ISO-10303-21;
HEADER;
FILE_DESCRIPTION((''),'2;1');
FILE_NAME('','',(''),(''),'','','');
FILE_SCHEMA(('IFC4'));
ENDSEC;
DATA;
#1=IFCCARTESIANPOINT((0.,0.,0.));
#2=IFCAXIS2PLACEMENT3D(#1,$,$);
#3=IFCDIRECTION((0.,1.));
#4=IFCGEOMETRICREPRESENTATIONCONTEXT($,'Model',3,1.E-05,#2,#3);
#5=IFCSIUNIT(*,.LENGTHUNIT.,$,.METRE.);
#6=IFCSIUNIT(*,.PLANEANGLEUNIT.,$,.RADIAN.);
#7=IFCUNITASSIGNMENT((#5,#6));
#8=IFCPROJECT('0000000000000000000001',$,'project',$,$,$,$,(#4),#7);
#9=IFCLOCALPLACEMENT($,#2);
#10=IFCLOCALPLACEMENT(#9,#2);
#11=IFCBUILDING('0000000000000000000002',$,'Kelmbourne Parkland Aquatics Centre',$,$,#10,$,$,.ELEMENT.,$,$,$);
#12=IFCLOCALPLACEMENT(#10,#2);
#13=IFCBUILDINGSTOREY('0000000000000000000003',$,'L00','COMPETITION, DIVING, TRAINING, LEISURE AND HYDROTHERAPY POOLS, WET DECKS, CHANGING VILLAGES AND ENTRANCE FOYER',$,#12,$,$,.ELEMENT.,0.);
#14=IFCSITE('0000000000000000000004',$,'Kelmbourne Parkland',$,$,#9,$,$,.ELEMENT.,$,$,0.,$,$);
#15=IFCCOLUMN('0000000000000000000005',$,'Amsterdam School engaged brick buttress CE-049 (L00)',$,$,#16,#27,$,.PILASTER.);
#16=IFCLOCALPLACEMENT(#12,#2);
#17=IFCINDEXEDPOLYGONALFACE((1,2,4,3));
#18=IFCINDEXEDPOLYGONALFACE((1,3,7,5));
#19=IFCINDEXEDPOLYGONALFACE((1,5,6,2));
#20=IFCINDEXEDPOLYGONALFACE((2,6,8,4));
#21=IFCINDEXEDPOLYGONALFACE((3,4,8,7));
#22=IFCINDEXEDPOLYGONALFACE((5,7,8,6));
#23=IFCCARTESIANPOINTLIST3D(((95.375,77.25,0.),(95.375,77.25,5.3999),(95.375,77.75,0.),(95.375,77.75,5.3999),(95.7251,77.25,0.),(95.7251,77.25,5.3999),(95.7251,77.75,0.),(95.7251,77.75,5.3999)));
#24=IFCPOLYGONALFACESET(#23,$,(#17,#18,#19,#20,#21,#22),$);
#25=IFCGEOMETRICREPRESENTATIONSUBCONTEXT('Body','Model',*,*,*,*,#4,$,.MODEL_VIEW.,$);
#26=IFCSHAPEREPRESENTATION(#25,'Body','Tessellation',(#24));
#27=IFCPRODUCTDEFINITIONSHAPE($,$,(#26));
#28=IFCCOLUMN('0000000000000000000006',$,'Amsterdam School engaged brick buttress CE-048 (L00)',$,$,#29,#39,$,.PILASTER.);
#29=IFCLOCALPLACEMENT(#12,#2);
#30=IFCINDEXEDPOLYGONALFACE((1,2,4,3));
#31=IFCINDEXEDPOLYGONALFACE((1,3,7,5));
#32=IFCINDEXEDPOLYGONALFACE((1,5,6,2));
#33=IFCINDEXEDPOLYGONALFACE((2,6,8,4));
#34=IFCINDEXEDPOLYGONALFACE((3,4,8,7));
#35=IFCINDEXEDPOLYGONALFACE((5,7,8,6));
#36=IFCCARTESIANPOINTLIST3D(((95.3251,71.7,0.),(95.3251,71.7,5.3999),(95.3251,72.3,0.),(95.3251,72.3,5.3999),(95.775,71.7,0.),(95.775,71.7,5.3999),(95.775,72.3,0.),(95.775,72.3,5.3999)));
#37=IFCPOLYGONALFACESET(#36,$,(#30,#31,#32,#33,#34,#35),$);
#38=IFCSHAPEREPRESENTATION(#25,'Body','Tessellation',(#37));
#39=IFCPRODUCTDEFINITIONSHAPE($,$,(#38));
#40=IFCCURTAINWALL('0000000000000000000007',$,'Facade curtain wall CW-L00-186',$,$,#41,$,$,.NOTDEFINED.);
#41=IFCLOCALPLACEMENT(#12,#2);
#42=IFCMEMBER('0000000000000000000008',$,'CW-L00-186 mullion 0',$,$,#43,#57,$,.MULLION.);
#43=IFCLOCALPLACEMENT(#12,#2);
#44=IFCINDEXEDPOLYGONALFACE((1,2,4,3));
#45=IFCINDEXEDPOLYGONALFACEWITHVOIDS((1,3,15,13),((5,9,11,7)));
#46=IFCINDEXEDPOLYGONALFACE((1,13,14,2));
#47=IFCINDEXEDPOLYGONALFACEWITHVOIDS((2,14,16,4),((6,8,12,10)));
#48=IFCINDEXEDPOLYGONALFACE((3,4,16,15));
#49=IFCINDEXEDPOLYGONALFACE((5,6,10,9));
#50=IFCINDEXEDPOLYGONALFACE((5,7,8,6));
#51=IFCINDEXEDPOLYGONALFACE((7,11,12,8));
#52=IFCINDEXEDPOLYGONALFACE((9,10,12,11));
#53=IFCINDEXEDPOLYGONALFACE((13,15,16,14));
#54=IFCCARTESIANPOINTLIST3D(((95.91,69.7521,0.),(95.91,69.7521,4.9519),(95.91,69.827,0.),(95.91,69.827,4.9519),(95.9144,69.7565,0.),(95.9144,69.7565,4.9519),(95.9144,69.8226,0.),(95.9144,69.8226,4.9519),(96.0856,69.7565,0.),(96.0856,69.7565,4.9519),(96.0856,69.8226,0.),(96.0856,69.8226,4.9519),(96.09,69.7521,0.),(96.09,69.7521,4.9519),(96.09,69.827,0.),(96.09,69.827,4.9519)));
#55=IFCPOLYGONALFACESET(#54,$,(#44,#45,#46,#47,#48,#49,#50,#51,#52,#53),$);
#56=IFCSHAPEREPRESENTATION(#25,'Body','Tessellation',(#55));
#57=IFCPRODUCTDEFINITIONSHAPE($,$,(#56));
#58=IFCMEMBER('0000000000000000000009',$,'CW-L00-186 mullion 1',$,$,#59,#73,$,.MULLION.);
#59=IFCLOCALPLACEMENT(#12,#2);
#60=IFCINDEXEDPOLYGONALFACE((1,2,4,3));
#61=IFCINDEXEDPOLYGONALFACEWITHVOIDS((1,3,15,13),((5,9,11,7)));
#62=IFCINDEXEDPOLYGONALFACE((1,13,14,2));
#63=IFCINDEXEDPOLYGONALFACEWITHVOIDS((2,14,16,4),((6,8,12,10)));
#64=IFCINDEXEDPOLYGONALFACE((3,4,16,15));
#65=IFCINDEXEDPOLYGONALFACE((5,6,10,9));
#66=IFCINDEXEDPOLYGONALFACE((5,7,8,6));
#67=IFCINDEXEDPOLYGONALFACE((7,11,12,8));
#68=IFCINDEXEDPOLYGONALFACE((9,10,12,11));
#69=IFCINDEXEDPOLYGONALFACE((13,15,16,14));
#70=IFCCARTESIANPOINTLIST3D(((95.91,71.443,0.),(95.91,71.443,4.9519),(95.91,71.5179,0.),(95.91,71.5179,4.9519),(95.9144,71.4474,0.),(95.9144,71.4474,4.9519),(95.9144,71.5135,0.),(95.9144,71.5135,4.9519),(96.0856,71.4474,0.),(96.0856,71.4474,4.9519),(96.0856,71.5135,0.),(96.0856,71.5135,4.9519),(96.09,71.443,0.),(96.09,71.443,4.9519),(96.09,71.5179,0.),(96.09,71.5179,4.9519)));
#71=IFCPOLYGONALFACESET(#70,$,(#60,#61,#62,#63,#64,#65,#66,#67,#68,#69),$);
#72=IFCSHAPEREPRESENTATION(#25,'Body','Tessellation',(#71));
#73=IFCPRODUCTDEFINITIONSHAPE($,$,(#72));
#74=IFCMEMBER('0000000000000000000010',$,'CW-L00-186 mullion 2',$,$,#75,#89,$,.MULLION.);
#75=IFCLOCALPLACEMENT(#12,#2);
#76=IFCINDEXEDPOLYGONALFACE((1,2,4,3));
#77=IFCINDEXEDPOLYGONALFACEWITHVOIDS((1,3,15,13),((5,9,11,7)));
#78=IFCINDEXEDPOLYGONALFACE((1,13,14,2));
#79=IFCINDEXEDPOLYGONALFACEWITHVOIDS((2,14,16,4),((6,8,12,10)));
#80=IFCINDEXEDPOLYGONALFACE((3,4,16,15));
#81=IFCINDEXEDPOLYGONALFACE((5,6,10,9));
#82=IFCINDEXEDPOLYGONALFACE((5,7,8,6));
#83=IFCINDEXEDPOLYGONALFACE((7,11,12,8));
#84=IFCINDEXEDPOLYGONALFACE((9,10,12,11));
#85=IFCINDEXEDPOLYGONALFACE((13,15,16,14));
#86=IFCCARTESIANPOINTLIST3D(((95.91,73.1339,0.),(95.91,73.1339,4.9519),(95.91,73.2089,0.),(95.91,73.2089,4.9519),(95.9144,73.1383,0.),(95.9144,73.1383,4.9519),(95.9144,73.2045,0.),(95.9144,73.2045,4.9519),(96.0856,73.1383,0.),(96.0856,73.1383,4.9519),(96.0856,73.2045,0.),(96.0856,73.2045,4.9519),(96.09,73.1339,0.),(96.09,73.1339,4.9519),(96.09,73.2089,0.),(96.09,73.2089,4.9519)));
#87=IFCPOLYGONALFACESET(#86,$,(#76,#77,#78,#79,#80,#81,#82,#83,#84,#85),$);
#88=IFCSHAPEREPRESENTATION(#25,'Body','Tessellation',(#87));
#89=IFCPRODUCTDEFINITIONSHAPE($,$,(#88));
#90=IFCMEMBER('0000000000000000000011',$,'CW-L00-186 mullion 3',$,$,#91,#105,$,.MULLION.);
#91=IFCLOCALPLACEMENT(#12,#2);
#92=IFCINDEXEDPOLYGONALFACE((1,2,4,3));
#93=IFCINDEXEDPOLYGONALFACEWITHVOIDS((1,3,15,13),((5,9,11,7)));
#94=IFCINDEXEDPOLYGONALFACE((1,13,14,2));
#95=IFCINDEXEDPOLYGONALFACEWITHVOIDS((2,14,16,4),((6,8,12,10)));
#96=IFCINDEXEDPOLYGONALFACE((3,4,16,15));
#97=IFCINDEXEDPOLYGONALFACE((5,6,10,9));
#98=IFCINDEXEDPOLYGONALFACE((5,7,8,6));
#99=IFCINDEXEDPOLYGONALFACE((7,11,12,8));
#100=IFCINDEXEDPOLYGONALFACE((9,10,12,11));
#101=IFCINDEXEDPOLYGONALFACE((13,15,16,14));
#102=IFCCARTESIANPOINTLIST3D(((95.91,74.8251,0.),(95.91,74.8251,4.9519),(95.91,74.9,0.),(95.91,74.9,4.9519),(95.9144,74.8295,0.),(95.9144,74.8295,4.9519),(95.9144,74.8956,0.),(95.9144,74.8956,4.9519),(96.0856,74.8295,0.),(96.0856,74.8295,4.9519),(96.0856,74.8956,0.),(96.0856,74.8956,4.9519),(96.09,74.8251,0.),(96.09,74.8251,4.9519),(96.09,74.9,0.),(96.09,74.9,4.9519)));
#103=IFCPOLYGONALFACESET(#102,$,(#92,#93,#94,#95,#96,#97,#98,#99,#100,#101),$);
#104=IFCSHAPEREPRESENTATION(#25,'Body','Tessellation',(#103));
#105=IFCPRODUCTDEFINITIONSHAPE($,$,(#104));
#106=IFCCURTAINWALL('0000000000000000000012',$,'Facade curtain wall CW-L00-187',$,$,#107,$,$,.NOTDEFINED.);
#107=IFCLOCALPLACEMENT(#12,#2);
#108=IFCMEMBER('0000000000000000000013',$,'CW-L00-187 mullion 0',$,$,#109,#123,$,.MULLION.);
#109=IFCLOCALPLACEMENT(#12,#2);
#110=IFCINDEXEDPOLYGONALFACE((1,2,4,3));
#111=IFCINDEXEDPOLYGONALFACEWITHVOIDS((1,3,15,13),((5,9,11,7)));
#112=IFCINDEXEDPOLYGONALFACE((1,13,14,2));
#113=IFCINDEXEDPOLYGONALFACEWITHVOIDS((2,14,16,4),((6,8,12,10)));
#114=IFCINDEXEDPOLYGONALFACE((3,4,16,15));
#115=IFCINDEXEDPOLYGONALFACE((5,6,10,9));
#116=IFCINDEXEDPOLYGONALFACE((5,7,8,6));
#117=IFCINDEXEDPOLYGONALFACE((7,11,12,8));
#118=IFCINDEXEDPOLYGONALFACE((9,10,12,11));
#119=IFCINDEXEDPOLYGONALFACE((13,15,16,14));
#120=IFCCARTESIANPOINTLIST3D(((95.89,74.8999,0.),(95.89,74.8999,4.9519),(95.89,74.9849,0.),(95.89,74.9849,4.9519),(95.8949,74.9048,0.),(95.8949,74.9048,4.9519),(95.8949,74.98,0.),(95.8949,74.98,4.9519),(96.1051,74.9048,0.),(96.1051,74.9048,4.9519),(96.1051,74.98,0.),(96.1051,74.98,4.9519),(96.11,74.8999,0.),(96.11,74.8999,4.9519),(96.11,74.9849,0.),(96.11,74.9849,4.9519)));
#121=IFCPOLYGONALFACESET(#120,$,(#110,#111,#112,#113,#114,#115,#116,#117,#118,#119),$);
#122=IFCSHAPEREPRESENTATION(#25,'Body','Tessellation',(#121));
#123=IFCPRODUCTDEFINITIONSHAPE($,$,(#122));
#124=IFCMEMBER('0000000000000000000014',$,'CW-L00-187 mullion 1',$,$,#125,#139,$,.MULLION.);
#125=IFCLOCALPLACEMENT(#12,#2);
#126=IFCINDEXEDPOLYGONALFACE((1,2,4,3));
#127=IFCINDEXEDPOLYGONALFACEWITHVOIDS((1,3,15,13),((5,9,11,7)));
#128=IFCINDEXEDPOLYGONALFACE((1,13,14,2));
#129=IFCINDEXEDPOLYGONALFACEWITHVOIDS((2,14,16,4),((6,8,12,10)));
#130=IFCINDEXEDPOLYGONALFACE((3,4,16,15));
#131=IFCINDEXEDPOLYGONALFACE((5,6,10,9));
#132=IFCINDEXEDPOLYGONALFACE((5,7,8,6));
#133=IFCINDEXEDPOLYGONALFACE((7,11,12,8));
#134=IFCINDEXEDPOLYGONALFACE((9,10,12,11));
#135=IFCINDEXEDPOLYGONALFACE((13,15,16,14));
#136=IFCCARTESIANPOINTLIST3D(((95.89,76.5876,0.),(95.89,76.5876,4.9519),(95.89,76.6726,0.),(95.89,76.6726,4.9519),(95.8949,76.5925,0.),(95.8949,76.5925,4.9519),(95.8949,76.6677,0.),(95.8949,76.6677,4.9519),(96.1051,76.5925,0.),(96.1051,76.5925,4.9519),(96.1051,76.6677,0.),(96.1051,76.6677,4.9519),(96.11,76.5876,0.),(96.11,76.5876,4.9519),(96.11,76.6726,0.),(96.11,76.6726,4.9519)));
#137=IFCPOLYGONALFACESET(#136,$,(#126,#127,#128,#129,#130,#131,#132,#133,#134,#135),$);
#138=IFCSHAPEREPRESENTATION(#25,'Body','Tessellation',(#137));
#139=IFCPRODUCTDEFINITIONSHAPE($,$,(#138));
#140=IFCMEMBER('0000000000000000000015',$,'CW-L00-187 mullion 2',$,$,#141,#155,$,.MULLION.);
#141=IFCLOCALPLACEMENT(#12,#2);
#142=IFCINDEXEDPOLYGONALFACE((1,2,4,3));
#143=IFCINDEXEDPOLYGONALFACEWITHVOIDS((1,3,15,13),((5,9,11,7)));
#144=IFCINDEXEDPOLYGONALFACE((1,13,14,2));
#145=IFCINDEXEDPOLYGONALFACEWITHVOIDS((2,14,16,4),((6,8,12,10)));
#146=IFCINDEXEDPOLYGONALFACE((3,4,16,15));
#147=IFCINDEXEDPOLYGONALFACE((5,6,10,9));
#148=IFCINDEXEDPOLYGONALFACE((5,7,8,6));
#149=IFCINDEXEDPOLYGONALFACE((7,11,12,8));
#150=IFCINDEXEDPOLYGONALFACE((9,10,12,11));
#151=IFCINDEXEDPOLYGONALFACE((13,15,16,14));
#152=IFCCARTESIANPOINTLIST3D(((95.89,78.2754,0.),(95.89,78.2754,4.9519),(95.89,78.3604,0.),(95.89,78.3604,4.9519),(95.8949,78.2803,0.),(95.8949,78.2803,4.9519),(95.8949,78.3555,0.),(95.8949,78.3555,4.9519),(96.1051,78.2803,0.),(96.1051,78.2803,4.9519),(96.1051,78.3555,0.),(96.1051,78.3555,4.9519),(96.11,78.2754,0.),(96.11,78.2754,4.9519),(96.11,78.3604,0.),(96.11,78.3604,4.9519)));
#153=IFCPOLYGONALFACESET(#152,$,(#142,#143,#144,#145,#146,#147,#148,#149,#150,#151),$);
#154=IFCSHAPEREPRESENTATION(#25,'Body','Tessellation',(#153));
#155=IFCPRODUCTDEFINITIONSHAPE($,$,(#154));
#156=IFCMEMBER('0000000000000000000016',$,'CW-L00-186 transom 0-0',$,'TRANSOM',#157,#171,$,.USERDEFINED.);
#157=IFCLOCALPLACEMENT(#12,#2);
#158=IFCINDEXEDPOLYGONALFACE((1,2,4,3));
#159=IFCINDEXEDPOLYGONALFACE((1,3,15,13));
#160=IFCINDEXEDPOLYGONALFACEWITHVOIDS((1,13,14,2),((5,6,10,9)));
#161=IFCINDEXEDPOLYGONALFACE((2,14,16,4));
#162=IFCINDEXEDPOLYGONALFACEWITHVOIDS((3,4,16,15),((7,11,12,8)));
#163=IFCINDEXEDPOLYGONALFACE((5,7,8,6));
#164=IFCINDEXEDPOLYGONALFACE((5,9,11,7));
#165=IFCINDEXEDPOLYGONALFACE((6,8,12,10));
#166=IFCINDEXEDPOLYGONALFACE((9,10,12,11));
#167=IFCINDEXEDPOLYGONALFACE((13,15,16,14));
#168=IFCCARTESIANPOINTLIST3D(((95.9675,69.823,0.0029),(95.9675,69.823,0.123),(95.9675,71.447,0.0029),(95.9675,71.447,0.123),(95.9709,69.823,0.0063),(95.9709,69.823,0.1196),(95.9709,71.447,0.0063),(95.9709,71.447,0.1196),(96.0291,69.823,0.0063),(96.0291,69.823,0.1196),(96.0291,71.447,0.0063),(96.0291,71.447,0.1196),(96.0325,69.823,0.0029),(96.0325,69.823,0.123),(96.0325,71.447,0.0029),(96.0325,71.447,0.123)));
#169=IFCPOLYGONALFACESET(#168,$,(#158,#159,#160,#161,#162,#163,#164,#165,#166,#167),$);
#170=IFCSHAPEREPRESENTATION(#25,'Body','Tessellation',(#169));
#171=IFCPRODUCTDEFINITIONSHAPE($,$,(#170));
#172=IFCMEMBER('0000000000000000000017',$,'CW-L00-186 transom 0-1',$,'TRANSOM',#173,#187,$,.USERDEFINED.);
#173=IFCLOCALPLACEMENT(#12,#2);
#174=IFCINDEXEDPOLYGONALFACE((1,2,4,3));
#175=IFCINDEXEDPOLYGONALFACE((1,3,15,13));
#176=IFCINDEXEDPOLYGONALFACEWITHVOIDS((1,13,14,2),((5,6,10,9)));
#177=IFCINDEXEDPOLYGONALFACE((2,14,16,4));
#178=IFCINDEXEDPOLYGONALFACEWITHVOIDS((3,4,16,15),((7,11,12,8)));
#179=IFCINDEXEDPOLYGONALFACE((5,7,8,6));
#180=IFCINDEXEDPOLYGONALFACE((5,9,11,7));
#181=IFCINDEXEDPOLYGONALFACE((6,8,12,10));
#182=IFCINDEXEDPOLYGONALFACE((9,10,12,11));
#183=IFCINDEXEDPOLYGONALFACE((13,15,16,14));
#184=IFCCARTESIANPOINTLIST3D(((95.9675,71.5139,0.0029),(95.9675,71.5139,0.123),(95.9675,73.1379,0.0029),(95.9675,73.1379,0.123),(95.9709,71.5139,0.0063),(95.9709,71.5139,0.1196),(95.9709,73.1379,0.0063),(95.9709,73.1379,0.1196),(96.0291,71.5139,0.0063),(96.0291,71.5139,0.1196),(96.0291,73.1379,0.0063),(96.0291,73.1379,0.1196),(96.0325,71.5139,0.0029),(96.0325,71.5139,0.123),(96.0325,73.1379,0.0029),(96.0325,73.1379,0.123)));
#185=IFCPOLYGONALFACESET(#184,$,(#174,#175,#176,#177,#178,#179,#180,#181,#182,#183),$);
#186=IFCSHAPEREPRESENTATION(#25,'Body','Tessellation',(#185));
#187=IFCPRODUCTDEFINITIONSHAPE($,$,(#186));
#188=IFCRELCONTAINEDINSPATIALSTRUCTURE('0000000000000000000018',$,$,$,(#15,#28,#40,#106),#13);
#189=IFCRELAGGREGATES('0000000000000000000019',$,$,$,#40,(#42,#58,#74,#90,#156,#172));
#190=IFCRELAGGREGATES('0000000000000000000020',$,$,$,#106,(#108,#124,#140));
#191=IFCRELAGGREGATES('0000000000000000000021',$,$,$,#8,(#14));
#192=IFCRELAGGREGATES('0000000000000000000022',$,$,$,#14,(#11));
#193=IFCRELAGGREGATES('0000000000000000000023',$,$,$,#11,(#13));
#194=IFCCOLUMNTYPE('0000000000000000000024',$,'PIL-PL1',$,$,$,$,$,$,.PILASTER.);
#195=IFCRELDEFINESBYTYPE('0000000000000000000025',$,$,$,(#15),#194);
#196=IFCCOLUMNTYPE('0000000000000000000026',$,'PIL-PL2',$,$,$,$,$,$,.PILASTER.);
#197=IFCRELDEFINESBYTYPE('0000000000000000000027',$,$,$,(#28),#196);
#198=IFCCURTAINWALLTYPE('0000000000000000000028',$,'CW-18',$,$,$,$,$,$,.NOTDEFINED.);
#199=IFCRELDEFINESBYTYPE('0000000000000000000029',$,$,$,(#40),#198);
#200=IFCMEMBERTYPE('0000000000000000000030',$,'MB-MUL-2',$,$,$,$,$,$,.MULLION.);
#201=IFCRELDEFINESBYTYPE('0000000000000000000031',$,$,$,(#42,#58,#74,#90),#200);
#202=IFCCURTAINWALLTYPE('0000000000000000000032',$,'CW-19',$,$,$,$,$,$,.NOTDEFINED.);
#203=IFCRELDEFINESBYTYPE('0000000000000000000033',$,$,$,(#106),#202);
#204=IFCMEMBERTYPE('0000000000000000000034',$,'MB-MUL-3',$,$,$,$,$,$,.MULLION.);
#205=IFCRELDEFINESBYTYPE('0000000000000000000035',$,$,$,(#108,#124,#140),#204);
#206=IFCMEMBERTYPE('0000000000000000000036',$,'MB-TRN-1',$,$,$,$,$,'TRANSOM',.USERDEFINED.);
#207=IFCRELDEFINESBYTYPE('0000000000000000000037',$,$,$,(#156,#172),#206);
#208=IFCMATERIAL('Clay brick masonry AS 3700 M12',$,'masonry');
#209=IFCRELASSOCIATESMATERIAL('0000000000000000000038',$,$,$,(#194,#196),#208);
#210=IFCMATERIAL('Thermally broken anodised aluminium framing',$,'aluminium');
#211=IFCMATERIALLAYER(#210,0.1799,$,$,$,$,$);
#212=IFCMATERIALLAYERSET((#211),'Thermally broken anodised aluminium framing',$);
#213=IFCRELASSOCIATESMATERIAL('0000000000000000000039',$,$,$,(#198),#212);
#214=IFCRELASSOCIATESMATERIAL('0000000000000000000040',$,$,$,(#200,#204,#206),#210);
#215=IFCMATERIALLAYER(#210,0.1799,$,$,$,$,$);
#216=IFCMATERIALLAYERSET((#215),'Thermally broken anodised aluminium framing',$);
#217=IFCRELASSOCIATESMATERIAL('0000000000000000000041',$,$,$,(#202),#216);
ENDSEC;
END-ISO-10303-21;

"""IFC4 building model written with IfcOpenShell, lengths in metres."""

from ifc_helpers import new_model, si_unit, direction, frame, origin, origin_2d, place, context, subcontext, project, spatial, rectangle, hollow_rectangle, extrude, material, layer, layer_set, material_profile, profile_set, type_object, element, aggregate, save


model = new_model("IFC4")

# Units and contexts
model_context = context("Model", 3, precision=1e-05, world=origin(), true_north=direction((0.0, 1.0)))
body_context = subcontext(model_context, "Body", "Model", "MODEL_VIEW")
ifc_project = project(units=[si_unit("LENGTHUNIT", "METRE"), si_unit("PLANEANGLEUNIT", "RADIAN")], contexts=[model_context])

# Site, building, storey
site_placement = place(None, origin())
site = spatial("IfcSite", under=ifc_project, at=site_placement, Name="Kelmbourne Parkland", CompositionType="ELEMENT", RefElevation=0.0)
building_placement = place(site_placement, origin())
building = spatial("IfcBuilding", under=site, at=building_placement, Name="Kelmbourne Parkland Aquatics Centre", CompositionType="ELEMENT")
storey_placement = place(building_placement, origin())
storey = spatial("IfcBuildingStorey", under=building, at=storey_placement, Name="L00", Description="COMPETITION, DIVING, TRAINING, LEISURE AND HYDROTHERAPY POOLS, WET DECKS, CHANGING VILLAGES AND ENTRANCE FOYER", CompositionType="ELEMENT", Elevation=0.0)

# Columns
ifc_material_1 = material(Name="Clay brick masonry AS 3700 M12", Category="masonry")
ifc_material_profile_1 = material_profile(ifc_material_1, rectangle(XDim=0.3501, YDim=0.5, at=origin_2d()), Name="PIL 350x500")
ifc_profile_set_1 = profile_set([ifc_material_profile_1], Name="Clay brick masonry AS 3700 M12")
column_type_1 = type_object("IfcColumnType", Name="PIL-PL1", PredefinedType="PILASTER", material=ifc_profile_set_1)
column_1_placement = place(storey_placement, frame((95.55, 77.5, 0.0), z_axis=(0.0, 0.0, 1.0), x_axis=(1.0, 0.0, 0.0)))
element("IfcColumn", 1, at=column_1_placement, inside=storey, type_object=column_type_1, Name="Amsterdam School engaged brick buttress CE-049 (L00)", PredefinedType="PILASTER", context=body_context, shape_type="SweptSolid", body=[
    extrude(rectangle(XDim=0.3501, YDim=0.5, at=origin_2d()), origin(), (0.0, 0.0, 1.0), 5.3999),
])
ifc_material_profile_2 = material_profile(ifc_material_1, rectangle(XDim=0.45, YDim=0.6001, at=origin_2d()), Name="PIL 450x600")
ifc_profile_set_2 = profile_set([ifc_material_profile_2], Name="Clay brick masonry AS 3700 M12")
column_type_2 = type_object("IfcColumnType", Name="PIL-PL2", PredefinedType="PILASTER", material=ifc_profile_set_2)
column_2_placement = place(storey_placement, frame((95.55, 72.0, 0.0), z_axis=(0.0, 0.0, 1.0), x_axis=(1.0, 0.0, 0.0)))
element("IfcColumn", 2, at=column_2_placement, inside=storey, type_object=column_type_2, Name="Amsterdam School engaged brick buttress CE-048 (L00)", PredefinedType="PILASTER", context=body_context, shape_type="SweptSolid", body=[
    extrude(rectangle(XDim=0.45, YDim=0.6001, at=origin_2d()), origin(), (0.0, 0.0, 1.0), 5.3999),
])

# Curtain walls, members
ifc_material_2 = material(Name="Thermally broken anodised aluminium framing", Category="aluminium")
ifc_layer_1 = layer(ifc_material_2, 0.1799)
ifc_layer_set_1 = layer_set([ifc_layer_1], Name="Thermally broken anodised aluminium framing")
curtain_wall_type_1 = type_object("IfcCurtainWallType", Name="CW-18", PredefinedType="NOTDEFINED", material=ifc_layer_set_1)
curtain_wall_1_placement = place(storey_placement, origin())
curtain_wall_1 = element("IfcCurtainWall", 3, at=curtain_wall_1_placement, inside=storey, type_object=curtain_wall_type_1, Name="Facade curtain wall CW-L00-186", PredefinedType="NOTDEFINED")
ifc_material_profile_3 = material_profile(ifc_material_2, hollow_rectangle(XDim=0.075, YDim=0.1799, WallThickness=0.0044, at=origin_2d()), Name="CW-M 75x180")
ifc_profile_set_3 = profile_set([ifc_material_profile_3], Name="Thermally broken anodised aluminium framing")
member_type_1 = type_object("IfcMemberType", Name="MB-MUL-2", PredefinedType="MULLION", material=ifc_profile_set_3)
member_1_placement = place(storey_placement, frame((96.0, 69.7896, 0.0), z_axis=(0.0, 0.0, 1.0), x_axis=(0.0, 1.0, 0.0)))
member_1 = element("IfcMember", 4, at=member_1_placement, type_object=member_type_1, Name="CW-L00-186 mullion 0", PredefinedType="MULLION", context=body_context, shape_type="SweptSolid", body=[
    extrude(hollow_rectangle(XDim=0.075, YDim=0.1799, WallThickness=0.0044, at=origin_2d()), origin(), (0.0, 0.0, 1.0), 4.9519),
])
member_2_placement = place(storey_placement, frame((96.0, 71.4805, 0.0), z_axis=(0.0, 0.0, 1.0), x_axis=(0.0, 1.0, 0.0)))
member_2 = element("IfcMember", 5, at=member_2_placement, type_object=member_type_1, Name="CW-L00-186 mullion 1", PredefinedType="MULLION", context=body_context, shape_type="SweptSolid", body=[
    extrude(hollow_rectangle(XDim=0.075, YDim=0.1799, WallThickness=0.0044, at=origin_2d()), origin(), (0.0, 0.0, 1.0), 4.9519),
])
member_3_placement = place(storey_placement, frame((96.0, 73.1714, 0.0), z_axis=(0.0, 0.0, 1.0), x_axis=(0.0, 1.0, 0.0)))
member_3 = element("IfcMember", 6, at=member_3_placement, type_object=member_type_1, Name="CW-L00-186 mullion 2", PredefinedType="MULLION", context=body_context, shape_type="SweptSolid", body=[
    extrude(hollow_rectangle(XDim=0.075, YDim=0.1799, WallThickness=0.0044, at=origin_2d()), origin(), (0.0, 0.0, 1.0), 4.9519),
])
member_4_placement = place(storey_placement, frame((96.0, 74.8625, 0.0), z_axis=(0.0, 0.0, 1.0), x_axis=(0.0, 1.0, 0.0)))
member_4 = element("IfcMember", 7, at=member_4_placement, type_object=member_type_1, Name="CW-L00-186 mullion 3", PredefinedType="MULLION", context=body_context, shape_type="SweptSolid", body=[
    extrude(hollow_rectangle(XDim=0.075, YDim=0.1799, WallThickness=0.0044, at=origin_2d()), origin(), (0.0, 0.0, 1.0), 4.9519),
])
ifc_layer_2 = layer(ifc_material_2, 0.1799)
ifc_layer_set_2 = layer_set([ifc_layer_2], Name="Thermally broken anodised aluminium framing")
curtain_wall_type_2 = type_object("IfcCurtainWallType", Name="CW-19", PredefinedType="NOTDEFINED", material=ifc_layer_set_2)
curtain_wall_2_placement = place(storey_placement, origin())
curtain_wall_2 = element("IfcCurtainWall", 8, at=curtain_wall_2_placement, inside=storey, type_object=curtain_wall_type_2, Name="Facade curtain wall CW-L00-187", PredefinedType="NOTDEFINED")
ifc_material_profile_4 = material_profile(ifc_material_2, hollow_rectangle(XDim=0.085, YDim=0.22, WallThickness=0.0049, at=origin_2d()), Name="CW-M 85x220")
ifc_profile_set_4 = profile_set([ifc_material_profile_4], Name="Thermally broken anodised aluminium framing")
member_type_2 = type_object("IfcMemberType", Name="MB-MUL-3", PredefinedType="MULLION", material=ifc_profile_set_4)
member_5_placement = place(storey_placement, frame((96.0, 74.9424, 0.0), z_axis=(0.0, 0.0, 1.0), x_axis=(0.0, 1.0, 0.0)))
member_5 = element("IfcMember", 9, at=member_5_placement, type_object=member_type_2, Name="CW-L00-187 mullion 0", PredefinedType="MULLION", context=body_context, shape_type="SweptSolid", body=[
    extrude(hollow_rectangle(XDim=0.085, YDim=0.22, WallThickness=0.0049, at=origin_2d()), origin(), (0.0, 0.0, 1.0), 4.9519),
])
member_6_placement = place(storey_placement, frame((96.0, 76.6301, 0.0), z_axis=(0.0, 0.0, 1.0), x_axis=(0.0, 1.0, 0.0)))
member_6 = element("IfcMember", 10, at=member_6_placement, type_object=member_type_2, Name="CW-L00-187 mullion 1", PredefinedType="MULLION", context=body_context, shape_type="SweptSolid", body=[
    extrude(hollow_rectangle(XDim=0.085, YDim=0.22, WallThickness=0.0049, at=origin_2d()), origin(), (0.0, 0.0, 1.0), 4.9519),
])
member_7_placement = place(storey_placement, frame((96.0, 78.3179, 0.0), z_axis=(0.0, 0.0, 1.0), x_axis=(0.0, 1.0, 0.0)))
member_7 = element("IfcMember", 11, at=member_7_placement, type_object=member_type_2, Name="CW-L00-187 mullion 2", PredefinedType="MULLION", context=body_context, shape_type="SweptSolid", body=[
    extrude(hollow_rectangle(XDim=0.085, YDim=0.22, WallThickness=0.0049, at=origin_2d()), origin(), (0.0, 0.0, 1.0), 4.9519),
])

# Members
ifc_material_profile_5 = material_profile(ifc_material_2, hollow_rectangle(XDim=0.0649, YDim=0.1201, WallThickness=0.0034, at=origin_2d()), Name="CW-T 65x120")
ifc_profile_set_5 = profile_set([ifc_material_profile_5], Name="Thermally broken anodised aluminium framing")
member_type_3 = type_object("IfcMemberType", Name="MB-TRN-1", ElementType="TRANSOM", PredefinedType="USERDEFINED", material=ifc_profile_set_5)
member_8_placement = place(storey_placement, frame((96.0, 69.823, 0.063), z_axis=(0.0, 1.0, 0.0), x_axis=(-1.0, 0.0, 0.0)))
member_8 = element("IfcMember", 12, at=member_8_placement, type_object=member_type_3, Name="CW-L00-186 transom 0-0", ObjectType="TRANSOM", PredefinedType="USERDEFINED", context=body_context, shape_type="SweptSolid", body=[
    extrude(hollow_rectangle(XDim=0.0649, YDim=0.1201, WallThickness=0.0034, at=origin_2d()), origin(), (0.0, 0.0, 1.0), 1.624),
])
member_9_placement = place(storey_placement, frame((96.0, 71.5139, 0.063), z_axis=(0.0, 1.0, 0.0), x_axis=(-1.0, 0.0, 0.0)))
member_9 = element("IfcMember", 13, at=member_9_placement, type_object=member_type_3, Name="CW-L00-186 transom 0-1", ObjectType="TRANSOM", PredefinedType="USERDEFINED", context=body_context, shape_type="SweptSolid", body=[
    extrude(hollow_rectangle(XDim=0.0649, YDim=0.1201, WallThickness=0.0034, at=origin_2d()), origin(), (0.0, 0.0, 1.0), 1.624),
])

aggregate(curtain_wall_1, [member_1, member_2, member_3, member_4, member_8, member_9])
aggregate(curtain_wall_2, [member_5, member_6, member_7])

save(model, "model.ifc")
